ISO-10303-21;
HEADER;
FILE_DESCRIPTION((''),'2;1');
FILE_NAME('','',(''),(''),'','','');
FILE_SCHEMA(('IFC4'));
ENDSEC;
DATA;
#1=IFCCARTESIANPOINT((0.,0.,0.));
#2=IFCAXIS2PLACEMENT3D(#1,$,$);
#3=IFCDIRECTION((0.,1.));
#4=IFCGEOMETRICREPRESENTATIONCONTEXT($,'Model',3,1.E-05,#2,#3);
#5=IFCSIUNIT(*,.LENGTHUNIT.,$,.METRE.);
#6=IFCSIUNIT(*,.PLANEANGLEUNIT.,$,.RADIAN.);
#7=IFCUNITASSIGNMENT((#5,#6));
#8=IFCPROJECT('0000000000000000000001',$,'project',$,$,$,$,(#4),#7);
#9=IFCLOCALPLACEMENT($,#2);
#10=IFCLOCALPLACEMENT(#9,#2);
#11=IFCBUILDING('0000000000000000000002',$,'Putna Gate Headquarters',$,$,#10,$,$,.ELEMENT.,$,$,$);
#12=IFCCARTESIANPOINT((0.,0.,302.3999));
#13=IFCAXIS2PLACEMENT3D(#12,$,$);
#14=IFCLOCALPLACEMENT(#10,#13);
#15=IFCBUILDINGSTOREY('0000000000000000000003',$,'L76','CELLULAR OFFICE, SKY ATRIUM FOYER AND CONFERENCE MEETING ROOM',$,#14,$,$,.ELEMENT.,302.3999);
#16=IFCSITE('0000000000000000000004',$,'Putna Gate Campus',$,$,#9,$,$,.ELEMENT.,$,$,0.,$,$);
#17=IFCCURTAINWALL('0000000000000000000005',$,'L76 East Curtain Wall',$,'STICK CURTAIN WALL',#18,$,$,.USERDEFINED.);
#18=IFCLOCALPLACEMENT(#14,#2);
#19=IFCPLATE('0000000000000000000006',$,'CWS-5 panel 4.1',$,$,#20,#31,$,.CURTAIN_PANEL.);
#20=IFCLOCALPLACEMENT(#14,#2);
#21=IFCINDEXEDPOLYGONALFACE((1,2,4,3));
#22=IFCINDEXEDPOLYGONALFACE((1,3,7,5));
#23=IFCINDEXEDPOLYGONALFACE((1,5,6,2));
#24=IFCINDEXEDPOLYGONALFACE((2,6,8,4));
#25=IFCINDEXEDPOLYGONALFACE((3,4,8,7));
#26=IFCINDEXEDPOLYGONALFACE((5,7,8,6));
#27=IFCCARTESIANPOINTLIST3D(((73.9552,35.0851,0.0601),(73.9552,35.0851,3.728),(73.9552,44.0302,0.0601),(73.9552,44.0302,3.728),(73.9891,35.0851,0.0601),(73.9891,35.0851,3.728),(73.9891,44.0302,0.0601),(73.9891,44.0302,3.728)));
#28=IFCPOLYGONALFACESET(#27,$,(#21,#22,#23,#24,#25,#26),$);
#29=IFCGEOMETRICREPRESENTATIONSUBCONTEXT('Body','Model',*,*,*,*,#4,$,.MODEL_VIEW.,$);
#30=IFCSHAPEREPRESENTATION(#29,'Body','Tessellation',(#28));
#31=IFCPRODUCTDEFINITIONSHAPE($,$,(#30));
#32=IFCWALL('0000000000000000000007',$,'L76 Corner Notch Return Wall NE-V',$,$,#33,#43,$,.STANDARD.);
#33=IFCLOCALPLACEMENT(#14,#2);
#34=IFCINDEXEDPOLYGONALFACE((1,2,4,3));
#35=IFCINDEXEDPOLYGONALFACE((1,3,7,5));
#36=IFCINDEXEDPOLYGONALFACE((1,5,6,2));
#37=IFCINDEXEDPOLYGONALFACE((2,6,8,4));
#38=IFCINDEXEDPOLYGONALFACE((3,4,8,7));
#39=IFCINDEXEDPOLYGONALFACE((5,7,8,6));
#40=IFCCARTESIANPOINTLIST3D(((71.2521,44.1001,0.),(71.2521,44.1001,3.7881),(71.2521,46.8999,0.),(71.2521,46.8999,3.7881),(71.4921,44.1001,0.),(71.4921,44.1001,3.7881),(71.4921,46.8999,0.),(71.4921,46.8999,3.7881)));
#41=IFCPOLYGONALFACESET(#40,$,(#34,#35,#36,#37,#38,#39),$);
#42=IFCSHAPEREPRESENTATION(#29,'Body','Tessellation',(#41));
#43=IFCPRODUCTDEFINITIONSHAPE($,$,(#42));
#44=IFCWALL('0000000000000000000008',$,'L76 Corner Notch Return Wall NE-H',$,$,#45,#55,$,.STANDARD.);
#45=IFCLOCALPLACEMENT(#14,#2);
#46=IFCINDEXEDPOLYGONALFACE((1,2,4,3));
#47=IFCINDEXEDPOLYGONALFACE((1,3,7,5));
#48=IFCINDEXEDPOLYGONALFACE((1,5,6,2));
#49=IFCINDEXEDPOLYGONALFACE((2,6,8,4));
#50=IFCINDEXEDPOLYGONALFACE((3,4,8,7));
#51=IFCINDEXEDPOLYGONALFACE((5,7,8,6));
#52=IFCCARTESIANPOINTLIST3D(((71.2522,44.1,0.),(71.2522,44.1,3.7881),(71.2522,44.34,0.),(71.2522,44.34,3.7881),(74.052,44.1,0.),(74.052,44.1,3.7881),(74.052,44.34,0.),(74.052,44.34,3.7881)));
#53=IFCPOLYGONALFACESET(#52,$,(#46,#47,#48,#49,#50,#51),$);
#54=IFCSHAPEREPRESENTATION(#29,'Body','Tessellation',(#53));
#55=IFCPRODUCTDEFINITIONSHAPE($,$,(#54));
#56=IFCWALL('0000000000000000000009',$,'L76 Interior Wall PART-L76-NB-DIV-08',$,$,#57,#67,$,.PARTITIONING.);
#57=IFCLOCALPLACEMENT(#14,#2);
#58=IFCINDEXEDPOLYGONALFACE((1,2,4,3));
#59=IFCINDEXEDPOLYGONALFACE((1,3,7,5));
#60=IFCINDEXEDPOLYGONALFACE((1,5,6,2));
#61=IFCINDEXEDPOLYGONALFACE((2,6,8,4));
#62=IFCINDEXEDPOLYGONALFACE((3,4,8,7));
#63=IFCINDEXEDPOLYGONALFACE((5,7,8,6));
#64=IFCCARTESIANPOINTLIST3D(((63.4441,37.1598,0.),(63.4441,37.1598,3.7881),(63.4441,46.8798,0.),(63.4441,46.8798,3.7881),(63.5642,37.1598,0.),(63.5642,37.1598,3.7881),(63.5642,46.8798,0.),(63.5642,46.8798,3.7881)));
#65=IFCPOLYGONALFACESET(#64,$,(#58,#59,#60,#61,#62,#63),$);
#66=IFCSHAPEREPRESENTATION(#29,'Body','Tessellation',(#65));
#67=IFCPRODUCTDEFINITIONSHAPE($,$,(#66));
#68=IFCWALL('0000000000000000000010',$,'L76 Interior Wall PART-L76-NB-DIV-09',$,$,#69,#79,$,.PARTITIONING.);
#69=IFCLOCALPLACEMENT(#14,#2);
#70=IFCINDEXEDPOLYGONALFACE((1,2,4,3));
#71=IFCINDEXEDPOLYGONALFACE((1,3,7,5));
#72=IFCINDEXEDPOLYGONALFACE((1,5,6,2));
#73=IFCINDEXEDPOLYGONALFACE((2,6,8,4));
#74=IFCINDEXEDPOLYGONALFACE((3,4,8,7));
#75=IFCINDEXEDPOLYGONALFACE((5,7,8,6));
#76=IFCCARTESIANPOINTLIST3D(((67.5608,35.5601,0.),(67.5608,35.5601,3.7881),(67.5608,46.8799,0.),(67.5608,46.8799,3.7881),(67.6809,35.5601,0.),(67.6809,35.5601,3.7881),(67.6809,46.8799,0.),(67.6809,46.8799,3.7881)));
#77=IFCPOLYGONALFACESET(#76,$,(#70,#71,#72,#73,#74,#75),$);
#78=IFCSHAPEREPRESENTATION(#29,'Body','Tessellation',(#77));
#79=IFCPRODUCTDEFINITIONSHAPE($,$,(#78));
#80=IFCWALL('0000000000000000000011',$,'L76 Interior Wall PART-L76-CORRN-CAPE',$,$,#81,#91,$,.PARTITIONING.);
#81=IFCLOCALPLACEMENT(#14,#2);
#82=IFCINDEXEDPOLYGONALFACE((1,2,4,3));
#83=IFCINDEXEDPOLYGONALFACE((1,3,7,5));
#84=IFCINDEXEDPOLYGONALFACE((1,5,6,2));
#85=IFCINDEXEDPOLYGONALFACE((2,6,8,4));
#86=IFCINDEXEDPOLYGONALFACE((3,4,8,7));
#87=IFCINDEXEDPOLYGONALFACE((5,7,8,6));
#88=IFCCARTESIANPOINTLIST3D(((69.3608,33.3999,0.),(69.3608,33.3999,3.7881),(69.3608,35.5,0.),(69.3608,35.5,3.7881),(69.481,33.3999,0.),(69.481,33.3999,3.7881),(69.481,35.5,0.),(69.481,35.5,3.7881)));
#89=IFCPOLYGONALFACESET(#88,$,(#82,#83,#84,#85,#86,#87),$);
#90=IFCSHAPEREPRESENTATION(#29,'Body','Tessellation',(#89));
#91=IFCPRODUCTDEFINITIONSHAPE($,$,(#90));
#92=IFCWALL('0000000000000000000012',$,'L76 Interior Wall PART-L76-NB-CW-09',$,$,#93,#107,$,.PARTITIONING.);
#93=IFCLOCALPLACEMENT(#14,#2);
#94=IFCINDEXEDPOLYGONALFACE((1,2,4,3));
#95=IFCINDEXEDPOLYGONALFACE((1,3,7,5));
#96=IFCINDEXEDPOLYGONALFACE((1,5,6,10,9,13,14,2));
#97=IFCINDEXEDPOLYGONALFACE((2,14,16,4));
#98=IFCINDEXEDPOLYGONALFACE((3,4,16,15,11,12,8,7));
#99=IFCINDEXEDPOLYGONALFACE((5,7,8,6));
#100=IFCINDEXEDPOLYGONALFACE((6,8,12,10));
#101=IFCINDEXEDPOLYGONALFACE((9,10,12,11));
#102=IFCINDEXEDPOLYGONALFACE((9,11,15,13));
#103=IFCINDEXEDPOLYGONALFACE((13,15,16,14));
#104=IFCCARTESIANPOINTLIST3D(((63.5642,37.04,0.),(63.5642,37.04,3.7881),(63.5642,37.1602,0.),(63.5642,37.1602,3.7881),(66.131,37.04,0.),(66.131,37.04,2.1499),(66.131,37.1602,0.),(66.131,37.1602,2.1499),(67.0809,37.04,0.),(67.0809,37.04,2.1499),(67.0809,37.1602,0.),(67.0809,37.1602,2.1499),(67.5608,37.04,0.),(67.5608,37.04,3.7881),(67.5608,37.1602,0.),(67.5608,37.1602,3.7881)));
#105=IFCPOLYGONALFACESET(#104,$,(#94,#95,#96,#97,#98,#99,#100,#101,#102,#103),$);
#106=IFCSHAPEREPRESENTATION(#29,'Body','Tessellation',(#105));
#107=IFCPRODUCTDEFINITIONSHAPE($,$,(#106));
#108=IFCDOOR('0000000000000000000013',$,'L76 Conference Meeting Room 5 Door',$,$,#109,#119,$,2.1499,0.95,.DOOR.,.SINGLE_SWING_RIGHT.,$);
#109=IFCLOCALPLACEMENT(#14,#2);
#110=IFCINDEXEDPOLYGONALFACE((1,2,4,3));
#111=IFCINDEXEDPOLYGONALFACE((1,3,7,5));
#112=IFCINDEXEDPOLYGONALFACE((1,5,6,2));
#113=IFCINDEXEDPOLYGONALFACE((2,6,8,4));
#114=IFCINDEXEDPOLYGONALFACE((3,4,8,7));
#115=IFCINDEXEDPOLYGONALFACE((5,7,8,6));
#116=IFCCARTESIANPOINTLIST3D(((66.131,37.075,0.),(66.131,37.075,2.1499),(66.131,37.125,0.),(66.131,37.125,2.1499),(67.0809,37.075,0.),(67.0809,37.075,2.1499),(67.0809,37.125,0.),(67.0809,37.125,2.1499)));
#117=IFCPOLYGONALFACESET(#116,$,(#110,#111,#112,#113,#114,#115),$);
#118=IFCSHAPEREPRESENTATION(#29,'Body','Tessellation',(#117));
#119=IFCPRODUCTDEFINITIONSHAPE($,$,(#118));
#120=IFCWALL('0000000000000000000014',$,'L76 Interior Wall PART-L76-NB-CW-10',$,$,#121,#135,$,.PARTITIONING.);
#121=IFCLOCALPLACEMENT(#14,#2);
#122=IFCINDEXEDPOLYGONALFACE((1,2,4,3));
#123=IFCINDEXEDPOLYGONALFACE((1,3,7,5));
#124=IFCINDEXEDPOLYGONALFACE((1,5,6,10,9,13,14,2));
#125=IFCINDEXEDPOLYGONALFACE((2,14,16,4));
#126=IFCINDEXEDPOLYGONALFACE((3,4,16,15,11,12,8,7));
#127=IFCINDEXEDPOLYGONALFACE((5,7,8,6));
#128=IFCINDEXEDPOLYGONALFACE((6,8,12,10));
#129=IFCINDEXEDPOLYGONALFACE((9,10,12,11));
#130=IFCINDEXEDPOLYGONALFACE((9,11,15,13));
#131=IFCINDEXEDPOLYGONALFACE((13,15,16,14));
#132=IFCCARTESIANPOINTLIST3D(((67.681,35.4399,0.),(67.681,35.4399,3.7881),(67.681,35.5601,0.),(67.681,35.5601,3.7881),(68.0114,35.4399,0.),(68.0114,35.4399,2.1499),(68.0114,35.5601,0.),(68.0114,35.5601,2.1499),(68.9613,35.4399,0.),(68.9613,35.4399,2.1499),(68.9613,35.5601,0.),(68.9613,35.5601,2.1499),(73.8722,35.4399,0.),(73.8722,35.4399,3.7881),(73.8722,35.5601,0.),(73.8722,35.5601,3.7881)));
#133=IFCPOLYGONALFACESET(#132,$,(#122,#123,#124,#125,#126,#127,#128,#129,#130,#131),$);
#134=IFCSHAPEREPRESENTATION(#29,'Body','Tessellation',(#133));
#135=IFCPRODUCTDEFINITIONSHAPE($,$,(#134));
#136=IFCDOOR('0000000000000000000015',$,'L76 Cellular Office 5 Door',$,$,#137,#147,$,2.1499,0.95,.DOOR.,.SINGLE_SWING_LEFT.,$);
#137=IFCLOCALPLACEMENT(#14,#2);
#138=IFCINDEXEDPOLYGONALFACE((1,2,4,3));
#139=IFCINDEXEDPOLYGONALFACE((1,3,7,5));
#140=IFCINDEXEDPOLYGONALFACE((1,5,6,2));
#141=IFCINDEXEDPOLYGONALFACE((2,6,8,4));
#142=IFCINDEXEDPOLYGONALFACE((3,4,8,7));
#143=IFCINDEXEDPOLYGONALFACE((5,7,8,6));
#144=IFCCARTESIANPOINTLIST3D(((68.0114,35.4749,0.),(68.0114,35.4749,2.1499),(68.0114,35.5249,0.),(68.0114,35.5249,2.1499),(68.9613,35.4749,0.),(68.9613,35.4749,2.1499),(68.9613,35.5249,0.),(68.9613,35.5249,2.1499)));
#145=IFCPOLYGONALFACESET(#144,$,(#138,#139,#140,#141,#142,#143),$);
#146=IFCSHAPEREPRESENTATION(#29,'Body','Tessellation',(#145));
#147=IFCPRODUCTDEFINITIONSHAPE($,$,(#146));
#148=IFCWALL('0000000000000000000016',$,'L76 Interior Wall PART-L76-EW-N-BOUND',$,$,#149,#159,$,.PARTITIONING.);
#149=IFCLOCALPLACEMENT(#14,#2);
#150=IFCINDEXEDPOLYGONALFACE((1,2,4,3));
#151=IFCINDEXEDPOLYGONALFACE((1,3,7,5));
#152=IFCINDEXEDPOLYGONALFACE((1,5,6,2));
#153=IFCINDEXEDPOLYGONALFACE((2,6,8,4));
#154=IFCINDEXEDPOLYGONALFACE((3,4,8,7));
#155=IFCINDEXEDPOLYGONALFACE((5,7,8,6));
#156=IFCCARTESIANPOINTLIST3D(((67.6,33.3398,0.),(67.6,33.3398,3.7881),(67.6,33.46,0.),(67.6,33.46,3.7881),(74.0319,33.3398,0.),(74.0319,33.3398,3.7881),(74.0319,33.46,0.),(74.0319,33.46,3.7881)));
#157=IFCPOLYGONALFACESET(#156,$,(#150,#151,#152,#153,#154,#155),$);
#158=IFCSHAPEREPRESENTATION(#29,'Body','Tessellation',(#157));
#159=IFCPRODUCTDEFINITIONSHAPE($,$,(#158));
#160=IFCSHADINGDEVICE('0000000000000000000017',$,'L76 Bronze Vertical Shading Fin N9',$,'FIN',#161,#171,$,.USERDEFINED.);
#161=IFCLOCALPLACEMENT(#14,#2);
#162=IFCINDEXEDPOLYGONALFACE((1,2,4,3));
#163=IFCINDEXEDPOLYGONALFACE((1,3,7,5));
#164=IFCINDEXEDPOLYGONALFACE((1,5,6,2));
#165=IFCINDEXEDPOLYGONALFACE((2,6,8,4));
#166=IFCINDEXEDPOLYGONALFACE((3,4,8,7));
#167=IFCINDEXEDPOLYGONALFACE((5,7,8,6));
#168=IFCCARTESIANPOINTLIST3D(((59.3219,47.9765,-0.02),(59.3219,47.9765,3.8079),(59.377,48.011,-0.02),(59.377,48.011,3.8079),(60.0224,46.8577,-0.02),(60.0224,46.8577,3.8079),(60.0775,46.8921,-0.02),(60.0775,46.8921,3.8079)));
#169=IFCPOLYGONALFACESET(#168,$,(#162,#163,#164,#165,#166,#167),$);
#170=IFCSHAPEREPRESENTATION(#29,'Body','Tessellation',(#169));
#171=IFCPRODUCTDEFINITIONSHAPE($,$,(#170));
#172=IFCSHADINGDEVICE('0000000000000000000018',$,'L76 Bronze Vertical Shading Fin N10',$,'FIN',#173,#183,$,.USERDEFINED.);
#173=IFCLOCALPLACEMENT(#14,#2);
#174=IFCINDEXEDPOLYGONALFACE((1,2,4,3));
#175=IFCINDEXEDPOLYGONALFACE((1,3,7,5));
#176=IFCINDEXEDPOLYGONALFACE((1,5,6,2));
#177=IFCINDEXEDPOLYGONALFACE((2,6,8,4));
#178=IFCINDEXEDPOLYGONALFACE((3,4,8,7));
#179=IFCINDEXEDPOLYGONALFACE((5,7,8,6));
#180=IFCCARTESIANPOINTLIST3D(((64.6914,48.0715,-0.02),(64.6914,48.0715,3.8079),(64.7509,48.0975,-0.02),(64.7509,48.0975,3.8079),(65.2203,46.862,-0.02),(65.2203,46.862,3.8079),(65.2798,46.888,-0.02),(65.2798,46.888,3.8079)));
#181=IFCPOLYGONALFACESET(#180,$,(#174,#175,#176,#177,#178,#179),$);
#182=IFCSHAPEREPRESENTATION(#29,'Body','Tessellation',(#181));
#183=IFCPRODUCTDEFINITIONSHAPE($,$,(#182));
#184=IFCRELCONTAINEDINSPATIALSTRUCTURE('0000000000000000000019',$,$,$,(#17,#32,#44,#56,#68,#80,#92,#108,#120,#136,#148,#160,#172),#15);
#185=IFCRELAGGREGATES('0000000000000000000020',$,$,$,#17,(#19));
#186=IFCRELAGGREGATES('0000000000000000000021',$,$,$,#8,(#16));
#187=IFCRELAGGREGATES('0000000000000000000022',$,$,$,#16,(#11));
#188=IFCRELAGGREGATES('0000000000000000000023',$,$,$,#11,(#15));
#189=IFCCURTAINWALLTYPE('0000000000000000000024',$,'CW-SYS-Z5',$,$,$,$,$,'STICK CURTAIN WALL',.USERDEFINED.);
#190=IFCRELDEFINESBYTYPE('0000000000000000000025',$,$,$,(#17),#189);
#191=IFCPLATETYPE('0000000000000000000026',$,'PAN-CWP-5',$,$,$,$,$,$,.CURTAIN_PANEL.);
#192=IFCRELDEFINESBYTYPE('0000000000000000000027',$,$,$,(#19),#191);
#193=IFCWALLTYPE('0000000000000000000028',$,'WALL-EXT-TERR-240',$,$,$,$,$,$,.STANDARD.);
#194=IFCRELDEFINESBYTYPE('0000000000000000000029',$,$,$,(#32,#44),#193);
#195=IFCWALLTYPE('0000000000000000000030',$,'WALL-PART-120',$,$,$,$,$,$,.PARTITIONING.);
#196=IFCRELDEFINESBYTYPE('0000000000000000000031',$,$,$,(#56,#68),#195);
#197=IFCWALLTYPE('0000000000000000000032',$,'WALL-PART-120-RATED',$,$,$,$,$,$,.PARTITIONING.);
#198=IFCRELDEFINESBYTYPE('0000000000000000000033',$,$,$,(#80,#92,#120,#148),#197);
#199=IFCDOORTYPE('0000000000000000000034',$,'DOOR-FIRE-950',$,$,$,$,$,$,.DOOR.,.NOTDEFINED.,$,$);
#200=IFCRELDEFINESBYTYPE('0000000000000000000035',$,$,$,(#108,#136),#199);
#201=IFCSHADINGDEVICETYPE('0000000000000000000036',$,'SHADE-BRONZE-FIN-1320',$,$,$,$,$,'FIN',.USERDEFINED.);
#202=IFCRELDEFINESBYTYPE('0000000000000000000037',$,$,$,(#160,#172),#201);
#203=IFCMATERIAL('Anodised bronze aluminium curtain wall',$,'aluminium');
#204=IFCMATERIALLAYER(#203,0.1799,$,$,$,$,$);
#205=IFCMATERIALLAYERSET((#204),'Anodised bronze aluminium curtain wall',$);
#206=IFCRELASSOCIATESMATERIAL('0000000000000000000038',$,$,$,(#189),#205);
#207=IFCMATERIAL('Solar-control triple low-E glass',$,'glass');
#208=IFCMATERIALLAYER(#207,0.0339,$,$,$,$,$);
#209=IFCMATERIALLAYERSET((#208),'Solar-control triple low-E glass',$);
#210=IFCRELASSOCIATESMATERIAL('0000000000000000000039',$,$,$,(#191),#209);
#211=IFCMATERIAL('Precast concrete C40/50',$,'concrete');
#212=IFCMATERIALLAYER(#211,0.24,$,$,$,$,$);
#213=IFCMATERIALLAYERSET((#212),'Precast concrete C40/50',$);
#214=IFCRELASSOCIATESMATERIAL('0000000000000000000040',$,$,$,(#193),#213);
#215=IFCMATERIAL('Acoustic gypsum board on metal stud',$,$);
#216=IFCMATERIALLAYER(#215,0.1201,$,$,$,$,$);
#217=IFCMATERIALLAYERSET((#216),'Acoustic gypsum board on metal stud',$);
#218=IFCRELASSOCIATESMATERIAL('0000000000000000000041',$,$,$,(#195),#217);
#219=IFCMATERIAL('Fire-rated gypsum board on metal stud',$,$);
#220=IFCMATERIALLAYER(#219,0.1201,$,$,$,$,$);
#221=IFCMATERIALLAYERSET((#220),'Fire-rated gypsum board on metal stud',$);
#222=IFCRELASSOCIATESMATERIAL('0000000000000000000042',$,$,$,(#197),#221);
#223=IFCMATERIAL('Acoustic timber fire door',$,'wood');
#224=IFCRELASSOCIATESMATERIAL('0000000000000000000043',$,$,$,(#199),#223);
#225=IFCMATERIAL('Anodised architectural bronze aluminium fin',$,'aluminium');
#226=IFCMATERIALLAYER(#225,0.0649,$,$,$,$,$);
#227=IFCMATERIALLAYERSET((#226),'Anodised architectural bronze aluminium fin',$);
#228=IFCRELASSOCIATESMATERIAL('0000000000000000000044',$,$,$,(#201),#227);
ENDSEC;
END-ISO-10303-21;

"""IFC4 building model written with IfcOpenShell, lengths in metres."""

from ifc_helpers import new_model, si_unit, direction, frame, frame_2d, origin, origin_2d, place, context, subcontext, project, spatial, rectangle, extrude, material, layer, layer_set, type_object, element, fill, aggregate, save


model = new_model("IFC4")

# Units and contexts
model_context = context("Model", 3, precision=1e-05, world=origin(), true_north=direction((0.0, 1.0)))
body_context = subcontext(model_context, "Body", "Model", "MODEL_VIEW")
ifc_project = project(units=[si_unit("LENGTHUNIT", "METRE"), si_unit("PLANEANGLEUNIT", "RADIAN")], contexts=[model_context])

# Site, building, storey
site_placement = place(None, origin())
site = spatial("IfcSite", under=ifc_project, at=site_placement, Name="Putna Gate Campus", CompositionType="ELEMENT", RefElevation=0.0)
building_placement = place(site_placement, origin())
building = spatial("IfcBuilding", under=site, at=building_placement, Name="Putna Gate Headquarters", CompositionType="ELEMENT")
storey_placement = place(building_placement, frame((0.0, 0.0, 302.3999)))
storey = spatial("IfcBuildingStorey", under=building, at=storey_placement, Name="L76", Description="CELLULAR OFFICE, SKY ATRIUM FOYER AND CONFERENCE MEETING ROOM", CompositionType="ELEMENT", Elevation=302.3999)

# Curtain wall
ifc_material_1 = material(Name="Anodised bronze aluminium curtain wall", Category="aluminium")
ifc_layer_1 = layer(ifc_material_1, 0.1799)
ifc_layer_set_1 = layer_set([ifc_layer_1], Name="Anodised bronze aluminium curtain wall")
curtain_wall_type = type_object("IfcCurtainWallType", Name="CW-SYS-Z5", ElementType="STICK CURTAIN WALL", PredefinedType="USERDEFINED", material=ifc_layer_set_1)
curtain_wall_1_placement = place(storey_placement, origin())
curtain_wall_1 = element("IfcCurtainWall", 1, at=curtain_wall_1_placement, inside=storey, type_object=curtain_wall_type, Name="L76 East Curtain Wall", ObjectType="STICK CURTAIN WALL", PredefinedType="USERDEFINED")

# Plate
ifc_material_2 = material(Name="Solar-control triple low-E glass", Category="glass")
ifc_layer_2 = layer(ifc_material_2, 0.0339)
ifc_layer_set_2 = layer_set([ifc_layer_2], Name="Solar-control triple low-E glass")
plate_type = type_object("IfcPlateType", Name="PAN-CWP-5", PredefinedType="CURTAIN_PANEL", material=ifc_layer_set_2)
plate_1_placement = place(storey_placement, frame((73.9722, 39.5576, 0.0601), z_axis=(0.0, 0.0, 1.0), x_axis=(0.0, 1.0, 0.0)))
plate_1 = element("IfcPlate", 2, at=plate_1_placement, type_object=plate_type, Name="CWS-5 panel 4.1", PredefinedType="CURTAIN_PANEL", context=body_context, shape_type="SweptSolid", body=[
    extrude(rectangle(XDim=8.9451, YDim=0.0339, at=origin_2d()), origin(), (0.0, 0.0, 1.0), 3.668),
])
aggregate(curtain_wall_1, [plate_1])

# Walls
ifc_material_3 = material(Name="Precast concrete C40/50", Category="concrete")
ifc_layer_3 = layer(ifc_material_3, 0.24)
ifc_layer_set_3 = layer_set([ifc_layer_3], Name="Precast concrete C40/50")
wall_type_1 = type_object("IfcWallType", Name="WALL-EXT-TERR-240", PredefinedType="STANDARD", material=ifc_layer_set_3)
for number, where, z_axis, x_axis, name in (
    (3, (71.3721, 46.8999, 0.0), (0.0, 0.0, 1.0), (0.0, -1.0, 0.0), "L76 Corner Notch Return Wall NE-V"),
    (4, (71.2522, 44.22, 0.0), (0.0, 0.0, 1.0), (1.0, 0.0, 0.0), "L76 Corner Notch Return Wall NE-H"),
):
    element("IfcWall", number, at=place(storey_placement, frame(where, z_axis=z_axis, x_axis=x_axis)), inside=storey, type_object=wall_type_1, Name=name, PredefinedType="STANDARD", context=body_context, shape_type="SweptSolid", body=[
        extrude(rectangle(XDim=2.7998, YDim=0.24, at=frame_2d((1.3999, 0.0))), origin(), (0.0, 0.0, 1.0), 3.7881),
    ])
ifc_material_4 = material(Name="Acoustic gypsum board on metal stud")
ifc_layer_4 = layer(ifc_material_4, 0.1201)
ifc_layer_set_4 = layer_set([ifc_layer_4], Name="Acoustic gypsum board on metal stud")
wall_type_2 = type_object("IfcWallType", Name="WALL-PART-120", PredefinedType="PARTITIONING", material=ifc_layer_set_4)
wall_1_placement = place(storey_placement, frame((63.5042, 37.1599, 0.0), z_axis=(0.0, 0.0, 1.0), x_axis=(0.0, 1.0, 0.0)))
element("IfcWall", 5, at=wall_1_placement, inside=storey, type_object=wall_type_2, Name="L76 Interior Wall PART-L76-NB-DIV-08", PredefinedType="PARTITIONING", context=body_context, shape_type="SweptSolid", body=[
    extrude(rectangle(XDim=9.72, YDim=0.1201, at=frame_2d((4.8599, 0.0))), origin(), (0.0, 0.0, 1.0), 3.7881),
])
wall_2_placement = place(storey_placement, frame((67.6208, 35.5601, 0.0), z_axis=(0.0, 0.0, 1.0), x_axis=(0.0, 1.0, 0.0)))
element("IfcWall", 6, at=wall_2_placement, inside=storey, type_object=wall_type_2, Name="L76 Interior Wall PART-L76-NB-DIV-09", PredefinedType="PARTITIONING", context=body_context, shape_type="SweptSolid", body=[
    extrude(rectangle(XDim=11.3198, YDim=0.1201, at=frame_2d((5.6599, 0.0))), origin(), (0.0, 0.0, 1.0), 3.7881),
])
ifc_material_5 = material(Name="Fire-rated gypsum board on metal stud")
ifc_layer_5 = layer(ifc_material_5, 0.1201)
ifc_layer_set_5 = layer_set([ifc_layer_5], Name="Fire-rated gypsum board on metal stud")
wall_type_3 = type_object("IfcWallType", Name="WALL-PART-120-RATED", PredefinedType="PARTITIONING", material=ifc_layer_set_5)
wall_3_placement = place(storey_placement, frame((69.4209, 33.3999, 0.0), z_axis=(0.0, 0.0, 1.0), x_axis=(0.0, 1.0, 0.0)))
element("IfcWall", 7, at=wall_3_placement, inside=storey, type_object=wall_type_3, Name="L76 Interior Wall PART-L76-CORRN-CAPE", PredefinedType="PARTITIONING", context=body_context, shape_type="SweptSolid", body=[
    extrude(rectangle(XDim=2.1001, YDim=0.1201, at=frame_2d((1.05, 0.0))), origin(), (0.0, 0.0, 1.0), 3.7881),
])

# Walls, openings, doors
wall_4_placement = place(storey_placement, frame((63.5642, 37.1001, 0.0), z_axis=(0.0, 0.0, 1.0), x_axis=(1.0, 0.0, 0.0)))
wall_4 = element("IfcWall", 8, at=wall_4_placement, inside=storey, type_object=wall_type_3, Name="L76 Interior Wall PART-L76-NB-CW-09", PredefinedType="PARTITIONING", context=body_context, shape_type="SweptSolid", body=[
    extrude(rectangle(XDim=3.9966, YDim=0.1201, at=frame_2d((1.9983, 0.0))), origin(), (0.0, 0.0, 1.0), 3.7881),
])
opening_1_placement = place(wall_4_placement, frame((2.5667, 0.0, 0.0)))
opening_1 = element("IfcOpeningElement", 9, at=opening_1_placement, cuts=wall_4, PredefinedType="OPENING", context=body_context, shape_type="SweptSolid", body=[
    extrude(rectangle(XDim=0.95, YDim=2.1499, at=frame_2d((0.4751, 1.075))), frame((0.0, 0.0701, 0.0), z_axis=(0.0, -1.0, 0.0), x_axis=(1.0, 0.0, 0.0)), (0.0, 0.0, 1.0), 0.1401),
])
ifc_material_6 = material(Name="Acoustic timber fire door", Category="wood")
door_type = type_object("IfcDoorType", Name="DOOR-FIRE-950", OperationType="NOTDEFINED", PredefinedType="DOOR", material=ifc_material_6)
door_1_placement = place(opening_1_placement, origin())
door_1 = element("IfcDoor", 10, at=door_1_placement, inside=storey, type_object=door_type, Name="L76 Conference Meeting Room 5 Door", OperationType="SINGLE_SWING_RIGHT", OverallHeight=2.1499, OverallWidth=0.95, PredefinedType="DOOR", context=body_context, shape_type="SweptSolid", body=[
    extrude(rectangle(XDim=0.95, YDim=2.1499, at=frame_2d((0.4751, 1.075))), frame((0.0, 0.0249, 0.0), z_axis=(0.0, -1.0, 0.0), x_axis=(1.0, 0.0, 0.0)), (0.0, 0.0, 1.0), 0.05),
])
fill(opening_1, door_1)
wall_5_placement = place(storey_placement, frame((67.6809, 35.5, 0.0), z_axis=(0.0, 0.0, 1.0), x_axis=(1.0, 0.0, 0.0)))
wall_5 = element("IfcWall", 11, at=wall_5_placement, inside=storey, type_object=wall_type_3, Name="L76 Interior Wall PART-L76-NB-CW-10", PredefinedType="PARTITIONING", context=body_context, shape_type="SweptSolid", body=[
    extrude(rectangle(XDim=6.1912, YDim=0.1201, at=frame_2d((3.0957, 0.0))), origin(), (0.0, 0.0, 1.0), 3.7881),
])
opening_2_placement = place(wall_5_placement, frame((0.3303, 0.0, 0.0)))
opening_2 = element("IfcOpeningElement", 12, at=opening_2_placement, cuts=wall_5, PredefinedType="OPENING", context=body_context, shape_type="SweptSolid", body=[
    extrude(rectangle(XDim=0.95, YDim=2.1499, at=frame_2d((0.4751, 1.075))), frame((0.0, 0.0701, 0.0), z_axis=(0.0, -1.0, 0.0), x_axis=(1.0, 0.0, 0.0)), (0.0, 0.0, 1.0), 0.1401),
])
door_2_placement = place(opening_2_placement, origin())
door_2 = element("IfcDoor", 13, at=door_2_placement, inside=storey, type_object=door_type, Name="L76 Cellular Office 5 Door", OperationType="SINGLE_SWING_LEFT", OverallHeight=2.1499, OverallWidth=0.95, PredefinedType="DOOR", context=body_context, shape_type="SweptSolid", body=[
    extrude(rectangle(XDim=0.95, YDim=2.1499, at=frame_2d((0.4751, 1.075))), frame((0.0, 0.0249, 0.0), z_axis=(0.0, -1.0, 0.0), x_axis=(1.0, 0.0, 0.0)), (0.0, 0.0, 1.0), 0.05),
])
fill(opening_2, door_2)

# Wall
wall_6_placement = place(storey_placement, frame((67.6001, 33.3999, 0.0), z_axis=(0.0, 0.0, 1.0), x_axis=(1.0, 0.0, 0.0)))
element("IfcWall", 14, at=wall_6_placement, inside=storey, type_object=wall_type_3, Name="L76 Interior Wall PART-L76-EW-N-BOUND", PredefinedType="PARTITIONING", context=body_context, shape_type="SweptSolid", body=[
    extrude(rectangle(XDim=6.4319, YDim=0.1201, at=frame_2d((3.2158, 0.0))), origin(), (0.0, 0.0, 1.0), 3.7881),
])

# Shading devices
ifc_material_7 = material(Name="Anodised architectural bronze aluminium fin", Category="aluminium")
ifc_layer_6 = layer(ifc_material_7, 0.0649)
ifc_layer_set_6 = layer_set([ifc_layer_6], Name="Anodised architectural bronze aluminium fin")
shading_device_type = type_object("IfcShadingDeviceType", Name="SHADE-BRONZE-FIN-1320", ElementType="FIN", PredefinedType="USERDEFINED", material=ifc_layer_set_6)
for number, where, z_axis, x_axis, name in (
    (15, (59.6997, 47.4343, -0.02), (0.0, 0.0, 1.0), (-0.530659, 0.847585, 0.0), "L76 Bronze Vertical Shading Fin N9"),
    (16, (64.9856, 47.4797, -0.02), (0.0, 0.0, 1.0), (-0.400669, 0.916223, 0.0), "L76 Bronze Vertical Shading Fin N10"),
):
    element("IfcShadingDevice", number, at=place(storey_placement, frame(where, z_axis=z_axis, x_axis=x_axis)), inside=storey, type_object=shading_device_type, Name=name, ObjectType="FIN", PredefinedType="USERDEFINED", context=body_context, shape_type="SweptSolid", body=[
        extrude(rectangle(XDim=1.3201, YDim=0.0649, at=origin_2d()), origin(), (0.0, 0.0, 1.0), 3.8279),
    ])

save(model, "model.ifc")
